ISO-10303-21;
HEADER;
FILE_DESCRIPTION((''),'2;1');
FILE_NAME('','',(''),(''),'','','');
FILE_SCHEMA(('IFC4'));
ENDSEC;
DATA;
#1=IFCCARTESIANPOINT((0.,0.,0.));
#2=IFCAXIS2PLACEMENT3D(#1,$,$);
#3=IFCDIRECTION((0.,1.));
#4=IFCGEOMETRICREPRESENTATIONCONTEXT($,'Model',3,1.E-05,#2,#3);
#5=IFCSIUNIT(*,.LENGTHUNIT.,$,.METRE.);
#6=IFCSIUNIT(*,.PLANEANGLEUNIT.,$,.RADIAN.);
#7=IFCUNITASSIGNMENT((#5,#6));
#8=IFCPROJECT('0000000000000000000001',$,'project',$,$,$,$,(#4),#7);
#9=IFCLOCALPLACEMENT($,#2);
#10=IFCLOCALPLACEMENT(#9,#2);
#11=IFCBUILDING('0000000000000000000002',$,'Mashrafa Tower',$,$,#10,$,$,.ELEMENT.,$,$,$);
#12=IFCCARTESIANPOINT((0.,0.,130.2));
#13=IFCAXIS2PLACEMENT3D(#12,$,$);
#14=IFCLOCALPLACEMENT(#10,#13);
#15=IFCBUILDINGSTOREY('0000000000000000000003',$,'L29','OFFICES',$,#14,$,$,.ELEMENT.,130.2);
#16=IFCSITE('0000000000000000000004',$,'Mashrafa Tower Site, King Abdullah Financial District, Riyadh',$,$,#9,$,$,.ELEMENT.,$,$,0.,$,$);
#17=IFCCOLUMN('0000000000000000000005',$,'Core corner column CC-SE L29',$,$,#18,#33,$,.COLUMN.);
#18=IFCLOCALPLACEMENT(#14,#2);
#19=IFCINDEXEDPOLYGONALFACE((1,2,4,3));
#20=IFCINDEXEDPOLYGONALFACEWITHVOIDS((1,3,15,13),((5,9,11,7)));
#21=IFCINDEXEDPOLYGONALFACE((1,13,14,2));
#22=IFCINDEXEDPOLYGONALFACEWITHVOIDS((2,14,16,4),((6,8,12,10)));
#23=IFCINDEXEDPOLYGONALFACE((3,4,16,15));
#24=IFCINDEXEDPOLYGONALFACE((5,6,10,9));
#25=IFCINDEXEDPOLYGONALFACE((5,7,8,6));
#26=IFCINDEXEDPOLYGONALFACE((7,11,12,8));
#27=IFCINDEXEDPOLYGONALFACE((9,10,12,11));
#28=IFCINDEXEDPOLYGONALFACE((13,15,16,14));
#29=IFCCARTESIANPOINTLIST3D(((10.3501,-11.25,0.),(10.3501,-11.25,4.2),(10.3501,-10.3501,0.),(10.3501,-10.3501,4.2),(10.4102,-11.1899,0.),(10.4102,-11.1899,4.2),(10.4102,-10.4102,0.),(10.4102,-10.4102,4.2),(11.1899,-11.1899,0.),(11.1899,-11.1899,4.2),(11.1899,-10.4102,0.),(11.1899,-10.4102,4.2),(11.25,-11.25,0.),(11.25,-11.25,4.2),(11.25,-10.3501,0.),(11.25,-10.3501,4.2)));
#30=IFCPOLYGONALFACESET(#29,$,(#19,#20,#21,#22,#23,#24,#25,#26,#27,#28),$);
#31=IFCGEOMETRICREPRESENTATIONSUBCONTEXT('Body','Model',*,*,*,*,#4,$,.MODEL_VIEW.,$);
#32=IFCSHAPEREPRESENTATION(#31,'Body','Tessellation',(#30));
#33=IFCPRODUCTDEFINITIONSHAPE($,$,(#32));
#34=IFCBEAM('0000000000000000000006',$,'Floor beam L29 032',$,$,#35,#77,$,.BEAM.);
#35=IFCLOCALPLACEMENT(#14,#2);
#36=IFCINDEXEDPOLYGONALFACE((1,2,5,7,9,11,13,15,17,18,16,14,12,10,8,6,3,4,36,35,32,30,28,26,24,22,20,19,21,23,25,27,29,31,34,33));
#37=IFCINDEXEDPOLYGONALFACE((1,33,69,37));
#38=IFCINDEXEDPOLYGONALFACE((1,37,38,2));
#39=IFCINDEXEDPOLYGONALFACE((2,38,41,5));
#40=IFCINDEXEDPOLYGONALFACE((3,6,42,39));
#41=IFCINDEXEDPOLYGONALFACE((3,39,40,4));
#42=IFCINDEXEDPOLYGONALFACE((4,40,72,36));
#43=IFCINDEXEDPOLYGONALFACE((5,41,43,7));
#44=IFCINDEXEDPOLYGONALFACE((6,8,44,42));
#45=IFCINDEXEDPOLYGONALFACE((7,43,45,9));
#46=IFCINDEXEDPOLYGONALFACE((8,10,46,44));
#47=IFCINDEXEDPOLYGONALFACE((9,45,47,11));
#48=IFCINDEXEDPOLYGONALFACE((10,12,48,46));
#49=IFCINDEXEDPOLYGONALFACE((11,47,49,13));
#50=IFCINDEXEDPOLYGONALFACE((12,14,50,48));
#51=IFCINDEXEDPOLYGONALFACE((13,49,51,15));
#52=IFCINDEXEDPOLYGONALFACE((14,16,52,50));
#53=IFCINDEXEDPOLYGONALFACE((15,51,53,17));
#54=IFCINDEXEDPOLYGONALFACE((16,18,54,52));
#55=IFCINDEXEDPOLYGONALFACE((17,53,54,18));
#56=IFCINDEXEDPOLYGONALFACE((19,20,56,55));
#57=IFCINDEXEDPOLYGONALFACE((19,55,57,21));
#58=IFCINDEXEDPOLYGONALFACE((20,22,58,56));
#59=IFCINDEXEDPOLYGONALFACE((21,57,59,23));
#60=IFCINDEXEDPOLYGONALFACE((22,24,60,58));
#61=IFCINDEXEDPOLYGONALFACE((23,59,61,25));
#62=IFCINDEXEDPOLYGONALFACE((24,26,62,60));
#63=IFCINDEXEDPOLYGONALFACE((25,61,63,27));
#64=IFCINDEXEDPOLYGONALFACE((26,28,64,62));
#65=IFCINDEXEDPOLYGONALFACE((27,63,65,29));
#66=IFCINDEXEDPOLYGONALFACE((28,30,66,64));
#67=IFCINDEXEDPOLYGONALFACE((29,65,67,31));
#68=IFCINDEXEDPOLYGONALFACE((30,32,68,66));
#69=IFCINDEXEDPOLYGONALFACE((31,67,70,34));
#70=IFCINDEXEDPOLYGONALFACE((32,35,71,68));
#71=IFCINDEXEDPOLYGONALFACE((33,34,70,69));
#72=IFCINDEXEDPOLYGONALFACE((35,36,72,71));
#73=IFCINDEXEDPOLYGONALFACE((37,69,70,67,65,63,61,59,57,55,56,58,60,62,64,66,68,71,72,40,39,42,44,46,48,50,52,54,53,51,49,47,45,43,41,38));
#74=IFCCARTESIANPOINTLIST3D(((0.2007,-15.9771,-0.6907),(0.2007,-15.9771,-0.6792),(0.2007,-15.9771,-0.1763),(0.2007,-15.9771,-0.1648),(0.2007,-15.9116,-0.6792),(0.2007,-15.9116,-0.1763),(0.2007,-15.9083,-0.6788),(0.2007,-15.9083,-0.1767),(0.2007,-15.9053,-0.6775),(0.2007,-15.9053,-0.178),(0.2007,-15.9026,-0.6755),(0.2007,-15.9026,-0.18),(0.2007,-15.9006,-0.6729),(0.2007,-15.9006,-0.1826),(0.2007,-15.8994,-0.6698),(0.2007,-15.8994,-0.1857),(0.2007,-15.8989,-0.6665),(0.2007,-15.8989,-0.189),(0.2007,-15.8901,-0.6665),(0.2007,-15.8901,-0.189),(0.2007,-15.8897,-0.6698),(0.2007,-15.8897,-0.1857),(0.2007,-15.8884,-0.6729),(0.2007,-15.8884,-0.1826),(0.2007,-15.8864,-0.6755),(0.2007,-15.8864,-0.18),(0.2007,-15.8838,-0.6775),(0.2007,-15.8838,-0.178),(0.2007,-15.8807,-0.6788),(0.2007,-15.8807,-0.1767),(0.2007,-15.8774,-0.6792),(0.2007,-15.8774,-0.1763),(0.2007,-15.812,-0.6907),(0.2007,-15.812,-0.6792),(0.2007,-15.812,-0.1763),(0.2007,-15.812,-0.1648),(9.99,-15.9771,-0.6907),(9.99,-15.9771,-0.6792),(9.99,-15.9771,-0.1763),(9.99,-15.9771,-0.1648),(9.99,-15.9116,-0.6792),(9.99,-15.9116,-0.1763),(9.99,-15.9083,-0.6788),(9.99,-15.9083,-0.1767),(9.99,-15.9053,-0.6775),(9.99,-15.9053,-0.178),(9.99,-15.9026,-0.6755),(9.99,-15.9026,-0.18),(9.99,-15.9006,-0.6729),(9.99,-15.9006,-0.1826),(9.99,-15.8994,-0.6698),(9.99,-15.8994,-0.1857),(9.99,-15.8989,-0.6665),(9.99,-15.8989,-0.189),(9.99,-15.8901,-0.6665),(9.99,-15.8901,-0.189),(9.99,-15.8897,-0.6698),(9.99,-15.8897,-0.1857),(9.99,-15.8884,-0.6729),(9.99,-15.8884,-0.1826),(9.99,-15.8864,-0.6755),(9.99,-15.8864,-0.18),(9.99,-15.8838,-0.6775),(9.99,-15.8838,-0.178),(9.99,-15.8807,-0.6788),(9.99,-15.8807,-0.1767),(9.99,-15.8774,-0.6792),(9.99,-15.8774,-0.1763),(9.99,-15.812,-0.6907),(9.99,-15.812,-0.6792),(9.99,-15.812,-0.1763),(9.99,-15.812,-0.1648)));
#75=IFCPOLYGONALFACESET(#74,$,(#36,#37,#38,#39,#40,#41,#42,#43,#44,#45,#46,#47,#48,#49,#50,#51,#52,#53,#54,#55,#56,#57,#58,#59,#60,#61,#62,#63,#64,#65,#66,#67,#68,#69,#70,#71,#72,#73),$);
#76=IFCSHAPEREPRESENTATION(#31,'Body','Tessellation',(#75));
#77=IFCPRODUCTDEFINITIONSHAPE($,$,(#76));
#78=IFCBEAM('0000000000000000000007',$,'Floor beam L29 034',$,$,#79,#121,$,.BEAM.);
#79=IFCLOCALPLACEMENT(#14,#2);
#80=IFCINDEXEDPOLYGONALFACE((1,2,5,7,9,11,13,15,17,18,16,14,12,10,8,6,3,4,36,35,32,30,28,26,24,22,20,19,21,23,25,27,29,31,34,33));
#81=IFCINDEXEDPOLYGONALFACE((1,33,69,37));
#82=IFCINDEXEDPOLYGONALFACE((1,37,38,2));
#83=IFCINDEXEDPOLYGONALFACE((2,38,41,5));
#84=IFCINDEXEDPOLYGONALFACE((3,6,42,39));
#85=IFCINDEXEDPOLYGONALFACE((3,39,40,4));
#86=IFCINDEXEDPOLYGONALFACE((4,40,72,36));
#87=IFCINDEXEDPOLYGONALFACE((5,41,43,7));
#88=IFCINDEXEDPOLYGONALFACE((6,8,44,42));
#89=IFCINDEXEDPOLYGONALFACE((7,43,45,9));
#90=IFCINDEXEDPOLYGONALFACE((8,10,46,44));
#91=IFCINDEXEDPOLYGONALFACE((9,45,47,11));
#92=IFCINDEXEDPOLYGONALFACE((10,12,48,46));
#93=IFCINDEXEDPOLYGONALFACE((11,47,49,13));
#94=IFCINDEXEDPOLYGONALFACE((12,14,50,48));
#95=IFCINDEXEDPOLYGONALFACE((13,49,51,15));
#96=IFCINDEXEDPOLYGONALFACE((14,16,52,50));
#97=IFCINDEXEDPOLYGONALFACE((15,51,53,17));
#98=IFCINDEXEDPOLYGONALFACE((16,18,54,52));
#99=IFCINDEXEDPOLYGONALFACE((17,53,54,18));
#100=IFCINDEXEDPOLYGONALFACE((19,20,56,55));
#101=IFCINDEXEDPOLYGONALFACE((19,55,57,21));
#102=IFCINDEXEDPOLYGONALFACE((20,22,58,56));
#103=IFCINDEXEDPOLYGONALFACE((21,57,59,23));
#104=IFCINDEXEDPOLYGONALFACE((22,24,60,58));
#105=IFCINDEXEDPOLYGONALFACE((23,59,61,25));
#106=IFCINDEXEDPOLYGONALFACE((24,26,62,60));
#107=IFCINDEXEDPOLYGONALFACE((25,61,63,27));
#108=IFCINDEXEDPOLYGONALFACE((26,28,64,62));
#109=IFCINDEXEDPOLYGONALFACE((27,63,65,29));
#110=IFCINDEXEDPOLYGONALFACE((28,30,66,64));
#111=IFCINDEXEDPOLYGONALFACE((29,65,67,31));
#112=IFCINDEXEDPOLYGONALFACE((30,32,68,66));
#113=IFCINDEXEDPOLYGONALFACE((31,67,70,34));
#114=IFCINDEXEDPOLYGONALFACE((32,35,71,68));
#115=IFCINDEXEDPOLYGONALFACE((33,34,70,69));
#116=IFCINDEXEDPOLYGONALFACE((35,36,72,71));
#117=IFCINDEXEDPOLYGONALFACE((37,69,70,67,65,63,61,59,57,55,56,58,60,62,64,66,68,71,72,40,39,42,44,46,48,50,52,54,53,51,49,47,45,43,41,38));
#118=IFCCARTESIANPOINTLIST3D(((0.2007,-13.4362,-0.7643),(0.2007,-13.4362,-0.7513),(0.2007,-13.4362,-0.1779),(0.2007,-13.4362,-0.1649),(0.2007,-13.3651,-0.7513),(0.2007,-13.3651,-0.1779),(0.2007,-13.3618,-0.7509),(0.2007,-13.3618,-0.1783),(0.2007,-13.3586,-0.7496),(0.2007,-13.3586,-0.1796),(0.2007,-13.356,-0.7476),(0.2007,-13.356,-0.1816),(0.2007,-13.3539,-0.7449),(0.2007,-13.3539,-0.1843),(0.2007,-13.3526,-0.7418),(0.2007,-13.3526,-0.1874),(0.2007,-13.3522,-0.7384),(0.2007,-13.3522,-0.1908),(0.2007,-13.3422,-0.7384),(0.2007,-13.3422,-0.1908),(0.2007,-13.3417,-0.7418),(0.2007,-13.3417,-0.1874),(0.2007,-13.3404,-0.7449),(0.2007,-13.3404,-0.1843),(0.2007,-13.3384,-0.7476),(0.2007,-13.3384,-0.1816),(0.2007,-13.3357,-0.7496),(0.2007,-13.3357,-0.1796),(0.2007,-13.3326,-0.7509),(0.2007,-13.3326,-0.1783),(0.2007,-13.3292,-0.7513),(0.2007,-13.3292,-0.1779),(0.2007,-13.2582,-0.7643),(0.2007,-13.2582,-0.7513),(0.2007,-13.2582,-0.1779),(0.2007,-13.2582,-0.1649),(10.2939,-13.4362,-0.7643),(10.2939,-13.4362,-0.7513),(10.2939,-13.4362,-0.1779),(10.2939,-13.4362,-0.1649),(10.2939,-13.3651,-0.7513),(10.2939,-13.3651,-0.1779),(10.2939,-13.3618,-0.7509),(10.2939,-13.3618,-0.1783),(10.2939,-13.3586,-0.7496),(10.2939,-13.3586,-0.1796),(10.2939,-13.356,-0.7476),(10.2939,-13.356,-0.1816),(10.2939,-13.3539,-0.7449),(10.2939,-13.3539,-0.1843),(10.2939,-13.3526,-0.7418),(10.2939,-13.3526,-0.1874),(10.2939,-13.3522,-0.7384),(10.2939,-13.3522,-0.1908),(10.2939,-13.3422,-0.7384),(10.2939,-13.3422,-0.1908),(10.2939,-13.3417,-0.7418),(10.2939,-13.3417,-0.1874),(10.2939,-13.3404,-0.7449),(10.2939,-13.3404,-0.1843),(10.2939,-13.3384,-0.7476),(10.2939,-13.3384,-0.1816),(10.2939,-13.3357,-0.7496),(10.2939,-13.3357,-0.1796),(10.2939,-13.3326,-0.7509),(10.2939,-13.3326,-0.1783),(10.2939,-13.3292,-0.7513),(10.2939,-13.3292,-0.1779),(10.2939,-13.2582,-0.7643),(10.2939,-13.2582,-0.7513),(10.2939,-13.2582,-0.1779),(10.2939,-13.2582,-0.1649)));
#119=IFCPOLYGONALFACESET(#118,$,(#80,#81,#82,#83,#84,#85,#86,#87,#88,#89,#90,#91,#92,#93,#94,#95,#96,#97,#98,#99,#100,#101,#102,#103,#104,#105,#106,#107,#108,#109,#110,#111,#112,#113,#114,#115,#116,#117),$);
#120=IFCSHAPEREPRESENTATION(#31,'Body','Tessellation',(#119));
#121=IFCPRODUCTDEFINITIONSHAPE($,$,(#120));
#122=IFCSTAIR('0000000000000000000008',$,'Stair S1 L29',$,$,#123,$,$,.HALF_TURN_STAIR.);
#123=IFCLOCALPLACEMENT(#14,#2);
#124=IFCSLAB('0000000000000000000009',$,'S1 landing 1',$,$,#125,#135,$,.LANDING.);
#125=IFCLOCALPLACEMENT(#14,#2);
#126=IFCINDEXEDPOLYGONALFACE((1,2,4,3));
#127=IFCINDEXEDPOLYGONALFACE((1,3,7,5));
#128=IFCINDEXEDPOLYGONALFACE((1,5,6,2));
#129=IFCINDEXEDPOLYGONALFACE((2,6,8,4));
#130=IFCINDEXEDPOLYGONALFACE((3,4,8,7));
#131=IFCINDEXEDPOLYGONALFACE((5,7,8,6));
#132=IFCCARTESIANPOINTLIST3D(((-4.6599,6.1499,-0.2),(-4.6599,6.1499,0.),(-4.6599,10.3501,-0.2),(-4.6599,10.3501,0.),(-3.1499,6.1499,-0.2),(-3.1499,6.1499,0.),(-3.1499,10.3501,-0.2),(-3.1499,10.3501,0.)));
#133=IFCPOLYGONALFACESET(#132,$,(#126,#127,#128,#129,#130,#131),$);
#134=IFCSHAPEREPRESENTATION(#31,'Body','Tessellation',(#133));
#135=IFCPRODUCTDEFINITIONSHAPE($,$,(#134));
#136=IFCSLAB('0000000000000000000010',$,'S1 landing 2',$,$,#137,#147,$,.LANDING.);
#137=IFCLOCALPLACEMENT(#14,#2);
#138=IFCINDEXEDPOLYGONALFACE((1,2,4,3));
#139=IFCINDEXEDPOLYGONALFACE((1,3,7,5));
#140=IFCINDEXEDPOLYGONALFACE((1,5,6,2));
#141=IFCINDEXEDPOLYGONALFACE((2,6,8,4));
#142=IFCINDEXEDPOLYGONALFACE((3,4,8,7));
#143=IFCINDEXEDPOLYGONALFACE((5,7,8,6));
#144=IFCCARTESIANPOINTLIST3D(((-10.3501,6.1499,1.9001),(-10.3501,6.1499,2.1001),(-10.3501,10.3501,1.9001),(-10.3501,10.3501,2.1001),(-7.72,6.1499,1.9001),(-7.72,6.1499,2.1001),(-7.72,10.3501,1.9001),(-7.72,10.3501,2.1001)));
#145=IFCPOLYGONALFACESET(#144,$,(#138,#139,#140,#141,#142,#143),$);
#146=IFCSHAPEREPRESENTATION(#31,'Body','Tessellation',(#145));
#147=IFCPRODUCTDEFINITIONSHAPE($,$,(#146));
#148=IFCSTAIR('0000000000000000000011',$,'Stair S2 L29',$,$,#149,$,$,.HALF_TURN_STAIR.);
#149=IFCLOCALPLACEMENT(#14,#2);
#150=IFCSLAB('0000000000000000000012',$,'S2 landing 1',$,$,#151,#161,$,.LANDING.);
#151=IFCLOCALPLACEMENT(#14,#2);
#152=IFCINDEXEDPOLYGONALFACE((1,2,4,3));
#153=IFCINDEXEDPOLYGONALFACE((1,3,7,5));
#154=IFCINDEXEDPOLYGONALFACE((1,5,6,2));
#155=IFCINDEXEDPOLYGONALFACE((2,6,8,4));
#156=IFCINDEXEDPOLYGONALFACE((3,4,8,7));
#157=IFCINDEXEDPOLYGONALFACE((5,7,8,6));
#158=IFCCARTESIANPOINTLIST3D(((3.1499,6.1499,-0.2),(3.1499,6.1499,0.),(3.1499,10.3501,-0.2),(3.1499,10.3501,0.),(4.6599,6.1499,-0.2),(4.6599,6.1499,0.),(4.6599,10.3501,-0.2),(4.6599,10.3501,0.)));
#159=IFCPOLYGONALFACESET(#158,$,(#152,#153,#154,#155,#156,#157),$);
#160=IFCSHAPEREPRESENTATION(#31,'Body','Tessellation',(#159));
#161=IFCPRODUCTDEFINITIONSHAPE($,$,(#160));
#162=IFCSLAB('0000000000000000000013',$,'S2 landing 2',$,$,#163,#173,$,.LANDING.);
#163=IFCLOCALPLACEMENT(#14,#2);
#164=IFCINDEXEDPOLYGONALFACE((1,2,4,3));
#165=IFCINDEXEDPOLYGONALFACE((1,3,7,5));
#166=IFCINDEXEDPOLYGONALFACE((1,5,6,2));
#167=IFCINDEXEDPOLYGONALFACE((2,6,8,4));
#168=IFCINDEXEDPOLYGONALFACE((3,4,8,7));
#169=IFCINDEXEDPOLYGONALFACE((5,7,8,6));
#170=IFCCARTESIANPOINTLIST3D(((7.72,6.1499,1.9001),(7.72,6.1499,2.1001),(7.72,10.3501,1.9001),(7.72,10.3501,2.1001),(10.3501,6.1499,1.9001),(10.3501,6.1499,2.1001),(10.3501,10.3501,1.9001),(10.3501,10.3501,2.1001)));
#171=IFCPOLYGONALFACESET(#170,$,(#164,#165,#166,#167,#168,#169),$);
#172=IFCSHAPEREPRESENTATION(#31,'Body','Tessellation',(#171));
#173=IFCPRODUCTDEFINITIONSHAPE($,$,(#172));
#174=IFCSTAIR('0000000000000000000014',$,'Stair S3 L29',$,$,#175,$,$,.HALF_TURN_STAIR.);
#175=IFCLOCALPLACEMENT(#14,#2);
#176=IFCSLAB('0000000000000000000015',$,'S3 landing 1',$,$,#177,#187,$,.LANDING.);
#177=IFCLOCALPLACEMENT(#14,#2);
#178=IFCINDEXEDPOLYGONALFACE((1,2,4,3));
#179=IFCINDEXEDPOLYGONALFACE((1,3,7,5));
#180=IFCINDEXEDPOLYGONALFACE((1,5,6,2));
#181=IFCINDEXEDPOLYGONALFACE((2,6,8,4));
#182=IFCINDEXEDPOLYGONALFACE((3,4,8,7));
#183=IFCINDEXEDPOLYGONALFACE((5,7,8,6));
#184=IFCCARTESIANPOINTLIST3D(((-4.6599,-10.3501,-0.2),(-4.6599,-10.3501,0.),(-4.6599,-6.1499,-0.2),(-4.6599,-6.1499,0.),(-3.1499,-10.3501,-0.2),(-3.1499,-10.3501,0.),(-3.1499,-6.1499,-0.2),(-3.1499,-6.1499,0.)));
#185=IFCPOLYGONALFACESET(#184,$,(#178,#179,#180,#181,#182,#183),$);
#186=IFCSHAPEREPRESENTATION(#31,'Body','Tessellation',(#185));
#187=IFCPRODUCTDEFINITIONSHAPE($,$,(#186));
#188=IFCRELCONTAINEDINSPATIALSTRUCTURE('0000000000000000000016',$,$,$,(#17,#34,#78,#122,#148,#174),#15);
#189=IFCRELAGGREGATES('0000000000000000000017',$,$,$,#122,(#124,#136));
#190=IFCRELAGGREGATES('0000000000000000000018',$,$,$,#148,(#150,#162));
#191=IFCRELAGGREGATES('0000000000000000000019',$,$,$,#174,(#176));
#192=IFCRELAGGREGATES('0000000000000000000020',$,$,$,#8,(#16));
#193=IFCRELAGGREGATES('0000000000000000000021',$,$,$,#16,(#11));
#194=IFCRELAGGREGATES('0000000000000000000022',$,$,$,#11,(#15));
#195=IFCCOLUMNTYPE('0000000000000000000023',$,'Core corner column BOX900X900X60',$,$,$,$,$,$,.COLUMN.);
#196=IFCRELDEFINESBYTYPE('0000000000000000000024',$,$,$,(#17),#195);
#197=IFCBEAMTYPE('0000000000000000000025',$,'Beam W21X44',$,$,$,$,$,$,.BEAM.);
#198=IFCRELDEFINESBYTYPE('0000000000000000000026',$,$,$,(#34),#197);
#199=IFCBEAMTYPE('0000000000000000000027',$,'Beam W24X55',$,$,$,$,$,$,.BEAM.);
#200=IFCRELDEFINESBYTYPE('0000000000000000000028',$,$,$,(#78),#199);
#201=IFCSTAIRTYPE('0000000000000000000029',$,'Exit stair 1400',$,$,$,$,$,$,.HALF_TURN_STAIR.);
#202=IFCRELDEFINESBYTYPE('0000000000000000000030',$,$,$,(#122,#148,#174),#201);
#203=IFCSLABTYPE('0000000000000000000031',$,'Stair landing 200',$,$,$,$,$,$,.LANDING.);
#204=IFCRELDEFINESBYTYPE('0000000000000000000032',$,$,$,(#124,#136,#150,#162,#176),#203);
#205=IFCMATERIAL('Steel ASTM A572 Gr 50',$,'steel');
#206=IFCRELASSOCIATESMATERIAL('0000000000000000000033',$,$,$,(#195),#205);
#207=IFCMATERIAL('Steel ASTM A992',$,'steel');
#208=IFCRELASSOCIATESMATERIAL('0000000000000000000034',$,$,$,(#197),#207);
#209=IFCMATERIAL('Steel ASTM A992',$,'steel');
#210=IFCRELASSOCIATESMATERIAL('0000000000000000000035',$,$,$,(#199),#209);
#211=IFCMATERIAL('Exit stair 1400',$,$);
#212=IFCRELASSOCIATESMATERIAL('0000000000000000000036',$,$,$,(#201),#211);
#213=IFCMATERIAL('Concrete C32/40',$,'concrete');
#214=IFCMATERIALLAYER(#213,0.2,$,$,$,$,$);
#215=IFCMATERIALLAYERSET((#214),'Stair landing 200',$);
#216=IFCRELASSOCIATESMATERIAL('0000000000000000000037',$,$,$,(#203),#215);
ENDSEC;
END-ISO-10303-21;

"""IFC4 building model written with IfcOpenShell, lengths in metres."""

from ifc_helpers import new_model, si_unit, direction, frame, origin, origin_2d, place, context, subcontext, project, spatial, polyline, hollow_rectangle, i_section, outline, extrude, material, layer, layer_set, material_profile, profile_set, type_object, element, aggregate, save


model = new_model("IFC4")

# Units and contexts
model_context = context("Model", 3, precision=1e-05, world=origin(), true_north=direction((0.0, 1.0)))
body_context = subcontext(model_context, "Body", "Model", "MODEL_VIEW")
ifc_project = project(units=[si_unit("LENGTHUNIT", "METRE"), si_unit("PLANEANGLEUNIT", "RADIAN")], contexts=[model_context])

# Site, building, storey
site_placement = place(None, origin())
site = spatial("IfcSite", under=ifc_project, at=site_placement, Name="Mashrafa Tower Site, King Abdullah Financial District, Riyadh", CompositionType="ELEMENT", RefElevation=0.0)
building_placement = place(site_placement, origin())
building = spatial("IfcBuilding", under=site, at=building_placement, Name="Mashrafa Tower", CompositionType="ELEMENT")
storey_placement = place(building_placement, frame((0.0, 0.0, 130.2)))
storey = spatial("IfcBuildingStorey", under=building, at=storey_placement, Name="L29", Description="OFFICES", CompositionType="ELEMENT", Elevation=130.2)

# Column
ifc_material_1 = material(Name="Steel ASTM A572 Gr 50", Category="steel")
ifc_material_profile_1 = material_profile(ifc_material_1, hollow_rectangle(XDim=0.8999, YDim=0.8999, WallThickness=0.0601, at=origin_2d()), Name="BOX900X900X60")
ifc_profile_set_1 = profile_set([ifc_material_profile_1], Name="Steel ASTM A572 Gr 50")
column_type = type_object("IfcColumnType", Name="Core corner column BOX900X900X60", PredefinedType="COLUMN", material=ifc_profile_set_1)
column_placement = place(storey_placement, frame((10.8, -10.8, 0.0), z_axis=(0.0, 0.0, 1.0), x_axis=(1.0, 0.0, 0.0)))
element("IfcColumn", 1, at=column_placement, inside=storey, type_object=column_type, Name="Core corner column CC-SE L29", PredefinedType="COLUMN", context=body_context, shape_type="SweptSolid", body=[
    extrude(hollow_rectangle(XDim=0.8999, YDim=0.8999, WallThickness=0.0601, at=origin_2d()), origin(), (0.0, 0.0, 1.0), 4.2),
])

# Beams
ifc_material_2 = material(Name="Steel ASTM A992", Category="steel")
ifc_material_profile_2 = material_profile(ifc_material_2, i_section(OverallWidth=0.165, OverallDepth=0.5259, WebThickness=0.0088, FlangeThickness=0.0115, FilletRadius=0.0127, at=origin_2d()), Name="W21X44")
ifc_profile_set_2 = profile_set([ifc_material_profile_2], Name="Steel ASTM A992")
beam_type_1 = type_object("IfcBeamType", Name="Beam W21X44", PredefinedType="BEAM", material=ifc_profile_set_2)
beam_1_placement = place(storey_placement, frame((9.99, -15.8945, -0.4277), z_axis=(-1.0, 0.0, 0.0), x_axis=(0.0, -1.0, 0.0)))
element("IfcBeam", 2, at=beam_1_placement, inside=storey, type_object=beam_type_1, Name="Floor beam L29 032", PredefinedType="BEAM", context=body_context, shape_type="SweptSolid", body=[
    extrude(i_section(OverallWidth=0.165, OverallDepth=0.5259, WebThickness=0.0088, FlangeThickness=0.0115, FilletRadius=0.0127, at=origin_2d()), origin(), (0.0, 0.0, 1.0), 9.7893),
])
ifc_material_3 = material(Name="Steel ASTM A992", Category="steel")
ifc_material_profile_3 = material_profile(ifc_material_3, i_section(OverallWidth=0.178, OverallDepth=0.5994, WebThickness=0.01, FlangeThickness=0.0129, FilletRadius=0.0129, at=origin_2d()), Name="W24X55")
ifc_profile_set_3 = profile_set([ifc_material_profile_3], Name="Steel ASTM A992")
beam_type_2 = type_object("IfcBeamType", Name="Beam W24X55", PredefinedType="BEAM", material=ifc_profile_set_3)
beam_2_placement = place(storey_placement, frame((10.2939, -13.3472, -0.4646), z_axis=(-1.0, 0.0, 0.0), x_axis=(0.0, -1.0, 0.0)))
element("IfcBeam", 3, at=beam_2_placement, inside=storey, type_object=beam_type_2, Name="Floor beam L29 034", PredefinedType="BEAM", context=body_context, shape_type="SweptSolid", body=[
    extrude(i_section(OverallWidth=0.178, OverallDepth=0.5994, WebThickness=0.01, FlangeThickness=0.0129, FilletRadius=0.0129, at=origin_2d()), origin(), (0.0, 0.0, 1.0), 10.0933),
])

# Stairs, slabs
ifc_material_4 = material(Name="Exit stair 1400")
stair_type = type_object("IfcStairType", Name="Exit stair 1400", PredefinedType="HALF_TURN_STAIR", material=ifc_material_4)
stair_1_placement = place(storey_placement, origin())
stair_1 = element("IfcStair", 4, at=stair_1_placement, inside=storey, type_object=stair_type, Name="Stair S1 L29", PredefinedType="HALF_TURN_STAIR")
ifc_material_5 = material(Name="Concrete C32/40", Category="concrete")
ifc_layer_1 = layer(ifc_material_5, 0.2)
ifc_layer_set_1 = layer_set([ifc_layer_1], Name="Stair landing 200")
slab_type = type_object("IfcSlabType", Name="Stair landing 200", PredefinedType="LANDING", material=ifc_layer_set_1)
slab_1_placement = place(storey_placement, frame((0.0, 0.0, -0.2)))
slab_1 = element("IfcSlab", 5, at=slab_1_placement, type_object=slab_type, Name="S1 landing 1", PredefinedType="LANDING", context=body_context, shape_type="SweptSolid", body=[
    extrude(outline(polyline([(-4.6599, 6.1499), (-3.1499, 6.1499), (-3.1499, 10.3501), (-4.6599, 10.3501), (-4.6599, 6.1499)])), origin(), (0.0, 0.0, 1.0), 0.2),
])
slab_2_placement = place(storey_placement, frame((0.0, 0.0, 1.9001)))
slab_2 = element("IfcSlab", 6, at=slab_2_placement, type_object=slab_type, Name="S1 landing 2", PredefinedType="LANDING", context=body_context, shape_type="SweptSolid", body=[
    extrude(outline(polyline([(-10.3501, 6.1499), (-7.72, 6.1499), (-7.72, 10.3501), (-10.3501, 10.3501), (-10.3501, 6.1499)])), origin(), (0.0, 0.0, 1.0), 0.2),
])
aggregate(stair_1, [slab_1, slab_2])
stair_2_placement = place(storey_placement, origin())
stair_2 = element("IfcStair", 7, at=stair_2_placement, inside=storey, type_object=stair_type, Name="Stair S2 L29", PredefinedType="HALF_TURN_STAIR")
slab_3_placement = place(storey_placement, frame((0.0, 0.0, -0.2)))
slab_3 = element("IfcSlab", 8, at=slab_3_placement, type_object=slab_type, Name="S2 landing 1", PredefinedType="LANDING", context=body_context, shape_type="SweptSolid", body=[
    extrude(outline(polyline([(3.1499, 6.1499), (4.6599, 6.1499), (4.6599, 10.3501), (3.1499, 10.3501), (3.1499, 6.1499)])), origin(), (0.0, 0.0, 1.0), 0.2),
])
slab_4_placement = place(storey_placement, frame((0.0, 0.0, 1.9001)))
slab_4 = element("IfcSlab", 9, at=slab_4_placement, type_object=slab_type, Name="S2 landing 2", PredefinedType="LANDING", context=body_context, shape_type="SweptSolid", body=[
    extrude(outline(polyline([(7.72, 6.1499), (10.3501, 6.1499), (10.3501, 10.3501), (7.72, 10.3501), (7.72, 6.1499)])), origin(), (0.0, 0.0, 1.0), 0.2),
])
aggregate(stair_2, [slab_3, slab_4])
stair_3_placement = place(storey_placement, origin())
stair_3 = element("IfcStair", 10, at=stair_3_placement, inside=storey, type_object=stair_type, Name="Stair S3 L29", PredefinedType="HALF_TURN_STAIR")
slab_5_placement = place(storey_placement, frame((0.0, 0.0, -0.2)))
slab_5 = element("IfcSlab", 11, at=slab_5_placement, type_object=slab_type, Name="S3 landing 1", PredefinedType="LANDING", context=body_context, shape_type="SweptSolid", body=[
    extrude(outline(polyline([(-4.6599, -10.3501), (-3.1499, -10.3501), (-3.1499, -6.1499), (-4.6599, -6.1499), (-4.6599, -10.3501)])), origin(), (0.0, 0.0, 1.0), 0.2),
])
aggregate(stair_3, [slab_5])

save(model, "model.ifc")
